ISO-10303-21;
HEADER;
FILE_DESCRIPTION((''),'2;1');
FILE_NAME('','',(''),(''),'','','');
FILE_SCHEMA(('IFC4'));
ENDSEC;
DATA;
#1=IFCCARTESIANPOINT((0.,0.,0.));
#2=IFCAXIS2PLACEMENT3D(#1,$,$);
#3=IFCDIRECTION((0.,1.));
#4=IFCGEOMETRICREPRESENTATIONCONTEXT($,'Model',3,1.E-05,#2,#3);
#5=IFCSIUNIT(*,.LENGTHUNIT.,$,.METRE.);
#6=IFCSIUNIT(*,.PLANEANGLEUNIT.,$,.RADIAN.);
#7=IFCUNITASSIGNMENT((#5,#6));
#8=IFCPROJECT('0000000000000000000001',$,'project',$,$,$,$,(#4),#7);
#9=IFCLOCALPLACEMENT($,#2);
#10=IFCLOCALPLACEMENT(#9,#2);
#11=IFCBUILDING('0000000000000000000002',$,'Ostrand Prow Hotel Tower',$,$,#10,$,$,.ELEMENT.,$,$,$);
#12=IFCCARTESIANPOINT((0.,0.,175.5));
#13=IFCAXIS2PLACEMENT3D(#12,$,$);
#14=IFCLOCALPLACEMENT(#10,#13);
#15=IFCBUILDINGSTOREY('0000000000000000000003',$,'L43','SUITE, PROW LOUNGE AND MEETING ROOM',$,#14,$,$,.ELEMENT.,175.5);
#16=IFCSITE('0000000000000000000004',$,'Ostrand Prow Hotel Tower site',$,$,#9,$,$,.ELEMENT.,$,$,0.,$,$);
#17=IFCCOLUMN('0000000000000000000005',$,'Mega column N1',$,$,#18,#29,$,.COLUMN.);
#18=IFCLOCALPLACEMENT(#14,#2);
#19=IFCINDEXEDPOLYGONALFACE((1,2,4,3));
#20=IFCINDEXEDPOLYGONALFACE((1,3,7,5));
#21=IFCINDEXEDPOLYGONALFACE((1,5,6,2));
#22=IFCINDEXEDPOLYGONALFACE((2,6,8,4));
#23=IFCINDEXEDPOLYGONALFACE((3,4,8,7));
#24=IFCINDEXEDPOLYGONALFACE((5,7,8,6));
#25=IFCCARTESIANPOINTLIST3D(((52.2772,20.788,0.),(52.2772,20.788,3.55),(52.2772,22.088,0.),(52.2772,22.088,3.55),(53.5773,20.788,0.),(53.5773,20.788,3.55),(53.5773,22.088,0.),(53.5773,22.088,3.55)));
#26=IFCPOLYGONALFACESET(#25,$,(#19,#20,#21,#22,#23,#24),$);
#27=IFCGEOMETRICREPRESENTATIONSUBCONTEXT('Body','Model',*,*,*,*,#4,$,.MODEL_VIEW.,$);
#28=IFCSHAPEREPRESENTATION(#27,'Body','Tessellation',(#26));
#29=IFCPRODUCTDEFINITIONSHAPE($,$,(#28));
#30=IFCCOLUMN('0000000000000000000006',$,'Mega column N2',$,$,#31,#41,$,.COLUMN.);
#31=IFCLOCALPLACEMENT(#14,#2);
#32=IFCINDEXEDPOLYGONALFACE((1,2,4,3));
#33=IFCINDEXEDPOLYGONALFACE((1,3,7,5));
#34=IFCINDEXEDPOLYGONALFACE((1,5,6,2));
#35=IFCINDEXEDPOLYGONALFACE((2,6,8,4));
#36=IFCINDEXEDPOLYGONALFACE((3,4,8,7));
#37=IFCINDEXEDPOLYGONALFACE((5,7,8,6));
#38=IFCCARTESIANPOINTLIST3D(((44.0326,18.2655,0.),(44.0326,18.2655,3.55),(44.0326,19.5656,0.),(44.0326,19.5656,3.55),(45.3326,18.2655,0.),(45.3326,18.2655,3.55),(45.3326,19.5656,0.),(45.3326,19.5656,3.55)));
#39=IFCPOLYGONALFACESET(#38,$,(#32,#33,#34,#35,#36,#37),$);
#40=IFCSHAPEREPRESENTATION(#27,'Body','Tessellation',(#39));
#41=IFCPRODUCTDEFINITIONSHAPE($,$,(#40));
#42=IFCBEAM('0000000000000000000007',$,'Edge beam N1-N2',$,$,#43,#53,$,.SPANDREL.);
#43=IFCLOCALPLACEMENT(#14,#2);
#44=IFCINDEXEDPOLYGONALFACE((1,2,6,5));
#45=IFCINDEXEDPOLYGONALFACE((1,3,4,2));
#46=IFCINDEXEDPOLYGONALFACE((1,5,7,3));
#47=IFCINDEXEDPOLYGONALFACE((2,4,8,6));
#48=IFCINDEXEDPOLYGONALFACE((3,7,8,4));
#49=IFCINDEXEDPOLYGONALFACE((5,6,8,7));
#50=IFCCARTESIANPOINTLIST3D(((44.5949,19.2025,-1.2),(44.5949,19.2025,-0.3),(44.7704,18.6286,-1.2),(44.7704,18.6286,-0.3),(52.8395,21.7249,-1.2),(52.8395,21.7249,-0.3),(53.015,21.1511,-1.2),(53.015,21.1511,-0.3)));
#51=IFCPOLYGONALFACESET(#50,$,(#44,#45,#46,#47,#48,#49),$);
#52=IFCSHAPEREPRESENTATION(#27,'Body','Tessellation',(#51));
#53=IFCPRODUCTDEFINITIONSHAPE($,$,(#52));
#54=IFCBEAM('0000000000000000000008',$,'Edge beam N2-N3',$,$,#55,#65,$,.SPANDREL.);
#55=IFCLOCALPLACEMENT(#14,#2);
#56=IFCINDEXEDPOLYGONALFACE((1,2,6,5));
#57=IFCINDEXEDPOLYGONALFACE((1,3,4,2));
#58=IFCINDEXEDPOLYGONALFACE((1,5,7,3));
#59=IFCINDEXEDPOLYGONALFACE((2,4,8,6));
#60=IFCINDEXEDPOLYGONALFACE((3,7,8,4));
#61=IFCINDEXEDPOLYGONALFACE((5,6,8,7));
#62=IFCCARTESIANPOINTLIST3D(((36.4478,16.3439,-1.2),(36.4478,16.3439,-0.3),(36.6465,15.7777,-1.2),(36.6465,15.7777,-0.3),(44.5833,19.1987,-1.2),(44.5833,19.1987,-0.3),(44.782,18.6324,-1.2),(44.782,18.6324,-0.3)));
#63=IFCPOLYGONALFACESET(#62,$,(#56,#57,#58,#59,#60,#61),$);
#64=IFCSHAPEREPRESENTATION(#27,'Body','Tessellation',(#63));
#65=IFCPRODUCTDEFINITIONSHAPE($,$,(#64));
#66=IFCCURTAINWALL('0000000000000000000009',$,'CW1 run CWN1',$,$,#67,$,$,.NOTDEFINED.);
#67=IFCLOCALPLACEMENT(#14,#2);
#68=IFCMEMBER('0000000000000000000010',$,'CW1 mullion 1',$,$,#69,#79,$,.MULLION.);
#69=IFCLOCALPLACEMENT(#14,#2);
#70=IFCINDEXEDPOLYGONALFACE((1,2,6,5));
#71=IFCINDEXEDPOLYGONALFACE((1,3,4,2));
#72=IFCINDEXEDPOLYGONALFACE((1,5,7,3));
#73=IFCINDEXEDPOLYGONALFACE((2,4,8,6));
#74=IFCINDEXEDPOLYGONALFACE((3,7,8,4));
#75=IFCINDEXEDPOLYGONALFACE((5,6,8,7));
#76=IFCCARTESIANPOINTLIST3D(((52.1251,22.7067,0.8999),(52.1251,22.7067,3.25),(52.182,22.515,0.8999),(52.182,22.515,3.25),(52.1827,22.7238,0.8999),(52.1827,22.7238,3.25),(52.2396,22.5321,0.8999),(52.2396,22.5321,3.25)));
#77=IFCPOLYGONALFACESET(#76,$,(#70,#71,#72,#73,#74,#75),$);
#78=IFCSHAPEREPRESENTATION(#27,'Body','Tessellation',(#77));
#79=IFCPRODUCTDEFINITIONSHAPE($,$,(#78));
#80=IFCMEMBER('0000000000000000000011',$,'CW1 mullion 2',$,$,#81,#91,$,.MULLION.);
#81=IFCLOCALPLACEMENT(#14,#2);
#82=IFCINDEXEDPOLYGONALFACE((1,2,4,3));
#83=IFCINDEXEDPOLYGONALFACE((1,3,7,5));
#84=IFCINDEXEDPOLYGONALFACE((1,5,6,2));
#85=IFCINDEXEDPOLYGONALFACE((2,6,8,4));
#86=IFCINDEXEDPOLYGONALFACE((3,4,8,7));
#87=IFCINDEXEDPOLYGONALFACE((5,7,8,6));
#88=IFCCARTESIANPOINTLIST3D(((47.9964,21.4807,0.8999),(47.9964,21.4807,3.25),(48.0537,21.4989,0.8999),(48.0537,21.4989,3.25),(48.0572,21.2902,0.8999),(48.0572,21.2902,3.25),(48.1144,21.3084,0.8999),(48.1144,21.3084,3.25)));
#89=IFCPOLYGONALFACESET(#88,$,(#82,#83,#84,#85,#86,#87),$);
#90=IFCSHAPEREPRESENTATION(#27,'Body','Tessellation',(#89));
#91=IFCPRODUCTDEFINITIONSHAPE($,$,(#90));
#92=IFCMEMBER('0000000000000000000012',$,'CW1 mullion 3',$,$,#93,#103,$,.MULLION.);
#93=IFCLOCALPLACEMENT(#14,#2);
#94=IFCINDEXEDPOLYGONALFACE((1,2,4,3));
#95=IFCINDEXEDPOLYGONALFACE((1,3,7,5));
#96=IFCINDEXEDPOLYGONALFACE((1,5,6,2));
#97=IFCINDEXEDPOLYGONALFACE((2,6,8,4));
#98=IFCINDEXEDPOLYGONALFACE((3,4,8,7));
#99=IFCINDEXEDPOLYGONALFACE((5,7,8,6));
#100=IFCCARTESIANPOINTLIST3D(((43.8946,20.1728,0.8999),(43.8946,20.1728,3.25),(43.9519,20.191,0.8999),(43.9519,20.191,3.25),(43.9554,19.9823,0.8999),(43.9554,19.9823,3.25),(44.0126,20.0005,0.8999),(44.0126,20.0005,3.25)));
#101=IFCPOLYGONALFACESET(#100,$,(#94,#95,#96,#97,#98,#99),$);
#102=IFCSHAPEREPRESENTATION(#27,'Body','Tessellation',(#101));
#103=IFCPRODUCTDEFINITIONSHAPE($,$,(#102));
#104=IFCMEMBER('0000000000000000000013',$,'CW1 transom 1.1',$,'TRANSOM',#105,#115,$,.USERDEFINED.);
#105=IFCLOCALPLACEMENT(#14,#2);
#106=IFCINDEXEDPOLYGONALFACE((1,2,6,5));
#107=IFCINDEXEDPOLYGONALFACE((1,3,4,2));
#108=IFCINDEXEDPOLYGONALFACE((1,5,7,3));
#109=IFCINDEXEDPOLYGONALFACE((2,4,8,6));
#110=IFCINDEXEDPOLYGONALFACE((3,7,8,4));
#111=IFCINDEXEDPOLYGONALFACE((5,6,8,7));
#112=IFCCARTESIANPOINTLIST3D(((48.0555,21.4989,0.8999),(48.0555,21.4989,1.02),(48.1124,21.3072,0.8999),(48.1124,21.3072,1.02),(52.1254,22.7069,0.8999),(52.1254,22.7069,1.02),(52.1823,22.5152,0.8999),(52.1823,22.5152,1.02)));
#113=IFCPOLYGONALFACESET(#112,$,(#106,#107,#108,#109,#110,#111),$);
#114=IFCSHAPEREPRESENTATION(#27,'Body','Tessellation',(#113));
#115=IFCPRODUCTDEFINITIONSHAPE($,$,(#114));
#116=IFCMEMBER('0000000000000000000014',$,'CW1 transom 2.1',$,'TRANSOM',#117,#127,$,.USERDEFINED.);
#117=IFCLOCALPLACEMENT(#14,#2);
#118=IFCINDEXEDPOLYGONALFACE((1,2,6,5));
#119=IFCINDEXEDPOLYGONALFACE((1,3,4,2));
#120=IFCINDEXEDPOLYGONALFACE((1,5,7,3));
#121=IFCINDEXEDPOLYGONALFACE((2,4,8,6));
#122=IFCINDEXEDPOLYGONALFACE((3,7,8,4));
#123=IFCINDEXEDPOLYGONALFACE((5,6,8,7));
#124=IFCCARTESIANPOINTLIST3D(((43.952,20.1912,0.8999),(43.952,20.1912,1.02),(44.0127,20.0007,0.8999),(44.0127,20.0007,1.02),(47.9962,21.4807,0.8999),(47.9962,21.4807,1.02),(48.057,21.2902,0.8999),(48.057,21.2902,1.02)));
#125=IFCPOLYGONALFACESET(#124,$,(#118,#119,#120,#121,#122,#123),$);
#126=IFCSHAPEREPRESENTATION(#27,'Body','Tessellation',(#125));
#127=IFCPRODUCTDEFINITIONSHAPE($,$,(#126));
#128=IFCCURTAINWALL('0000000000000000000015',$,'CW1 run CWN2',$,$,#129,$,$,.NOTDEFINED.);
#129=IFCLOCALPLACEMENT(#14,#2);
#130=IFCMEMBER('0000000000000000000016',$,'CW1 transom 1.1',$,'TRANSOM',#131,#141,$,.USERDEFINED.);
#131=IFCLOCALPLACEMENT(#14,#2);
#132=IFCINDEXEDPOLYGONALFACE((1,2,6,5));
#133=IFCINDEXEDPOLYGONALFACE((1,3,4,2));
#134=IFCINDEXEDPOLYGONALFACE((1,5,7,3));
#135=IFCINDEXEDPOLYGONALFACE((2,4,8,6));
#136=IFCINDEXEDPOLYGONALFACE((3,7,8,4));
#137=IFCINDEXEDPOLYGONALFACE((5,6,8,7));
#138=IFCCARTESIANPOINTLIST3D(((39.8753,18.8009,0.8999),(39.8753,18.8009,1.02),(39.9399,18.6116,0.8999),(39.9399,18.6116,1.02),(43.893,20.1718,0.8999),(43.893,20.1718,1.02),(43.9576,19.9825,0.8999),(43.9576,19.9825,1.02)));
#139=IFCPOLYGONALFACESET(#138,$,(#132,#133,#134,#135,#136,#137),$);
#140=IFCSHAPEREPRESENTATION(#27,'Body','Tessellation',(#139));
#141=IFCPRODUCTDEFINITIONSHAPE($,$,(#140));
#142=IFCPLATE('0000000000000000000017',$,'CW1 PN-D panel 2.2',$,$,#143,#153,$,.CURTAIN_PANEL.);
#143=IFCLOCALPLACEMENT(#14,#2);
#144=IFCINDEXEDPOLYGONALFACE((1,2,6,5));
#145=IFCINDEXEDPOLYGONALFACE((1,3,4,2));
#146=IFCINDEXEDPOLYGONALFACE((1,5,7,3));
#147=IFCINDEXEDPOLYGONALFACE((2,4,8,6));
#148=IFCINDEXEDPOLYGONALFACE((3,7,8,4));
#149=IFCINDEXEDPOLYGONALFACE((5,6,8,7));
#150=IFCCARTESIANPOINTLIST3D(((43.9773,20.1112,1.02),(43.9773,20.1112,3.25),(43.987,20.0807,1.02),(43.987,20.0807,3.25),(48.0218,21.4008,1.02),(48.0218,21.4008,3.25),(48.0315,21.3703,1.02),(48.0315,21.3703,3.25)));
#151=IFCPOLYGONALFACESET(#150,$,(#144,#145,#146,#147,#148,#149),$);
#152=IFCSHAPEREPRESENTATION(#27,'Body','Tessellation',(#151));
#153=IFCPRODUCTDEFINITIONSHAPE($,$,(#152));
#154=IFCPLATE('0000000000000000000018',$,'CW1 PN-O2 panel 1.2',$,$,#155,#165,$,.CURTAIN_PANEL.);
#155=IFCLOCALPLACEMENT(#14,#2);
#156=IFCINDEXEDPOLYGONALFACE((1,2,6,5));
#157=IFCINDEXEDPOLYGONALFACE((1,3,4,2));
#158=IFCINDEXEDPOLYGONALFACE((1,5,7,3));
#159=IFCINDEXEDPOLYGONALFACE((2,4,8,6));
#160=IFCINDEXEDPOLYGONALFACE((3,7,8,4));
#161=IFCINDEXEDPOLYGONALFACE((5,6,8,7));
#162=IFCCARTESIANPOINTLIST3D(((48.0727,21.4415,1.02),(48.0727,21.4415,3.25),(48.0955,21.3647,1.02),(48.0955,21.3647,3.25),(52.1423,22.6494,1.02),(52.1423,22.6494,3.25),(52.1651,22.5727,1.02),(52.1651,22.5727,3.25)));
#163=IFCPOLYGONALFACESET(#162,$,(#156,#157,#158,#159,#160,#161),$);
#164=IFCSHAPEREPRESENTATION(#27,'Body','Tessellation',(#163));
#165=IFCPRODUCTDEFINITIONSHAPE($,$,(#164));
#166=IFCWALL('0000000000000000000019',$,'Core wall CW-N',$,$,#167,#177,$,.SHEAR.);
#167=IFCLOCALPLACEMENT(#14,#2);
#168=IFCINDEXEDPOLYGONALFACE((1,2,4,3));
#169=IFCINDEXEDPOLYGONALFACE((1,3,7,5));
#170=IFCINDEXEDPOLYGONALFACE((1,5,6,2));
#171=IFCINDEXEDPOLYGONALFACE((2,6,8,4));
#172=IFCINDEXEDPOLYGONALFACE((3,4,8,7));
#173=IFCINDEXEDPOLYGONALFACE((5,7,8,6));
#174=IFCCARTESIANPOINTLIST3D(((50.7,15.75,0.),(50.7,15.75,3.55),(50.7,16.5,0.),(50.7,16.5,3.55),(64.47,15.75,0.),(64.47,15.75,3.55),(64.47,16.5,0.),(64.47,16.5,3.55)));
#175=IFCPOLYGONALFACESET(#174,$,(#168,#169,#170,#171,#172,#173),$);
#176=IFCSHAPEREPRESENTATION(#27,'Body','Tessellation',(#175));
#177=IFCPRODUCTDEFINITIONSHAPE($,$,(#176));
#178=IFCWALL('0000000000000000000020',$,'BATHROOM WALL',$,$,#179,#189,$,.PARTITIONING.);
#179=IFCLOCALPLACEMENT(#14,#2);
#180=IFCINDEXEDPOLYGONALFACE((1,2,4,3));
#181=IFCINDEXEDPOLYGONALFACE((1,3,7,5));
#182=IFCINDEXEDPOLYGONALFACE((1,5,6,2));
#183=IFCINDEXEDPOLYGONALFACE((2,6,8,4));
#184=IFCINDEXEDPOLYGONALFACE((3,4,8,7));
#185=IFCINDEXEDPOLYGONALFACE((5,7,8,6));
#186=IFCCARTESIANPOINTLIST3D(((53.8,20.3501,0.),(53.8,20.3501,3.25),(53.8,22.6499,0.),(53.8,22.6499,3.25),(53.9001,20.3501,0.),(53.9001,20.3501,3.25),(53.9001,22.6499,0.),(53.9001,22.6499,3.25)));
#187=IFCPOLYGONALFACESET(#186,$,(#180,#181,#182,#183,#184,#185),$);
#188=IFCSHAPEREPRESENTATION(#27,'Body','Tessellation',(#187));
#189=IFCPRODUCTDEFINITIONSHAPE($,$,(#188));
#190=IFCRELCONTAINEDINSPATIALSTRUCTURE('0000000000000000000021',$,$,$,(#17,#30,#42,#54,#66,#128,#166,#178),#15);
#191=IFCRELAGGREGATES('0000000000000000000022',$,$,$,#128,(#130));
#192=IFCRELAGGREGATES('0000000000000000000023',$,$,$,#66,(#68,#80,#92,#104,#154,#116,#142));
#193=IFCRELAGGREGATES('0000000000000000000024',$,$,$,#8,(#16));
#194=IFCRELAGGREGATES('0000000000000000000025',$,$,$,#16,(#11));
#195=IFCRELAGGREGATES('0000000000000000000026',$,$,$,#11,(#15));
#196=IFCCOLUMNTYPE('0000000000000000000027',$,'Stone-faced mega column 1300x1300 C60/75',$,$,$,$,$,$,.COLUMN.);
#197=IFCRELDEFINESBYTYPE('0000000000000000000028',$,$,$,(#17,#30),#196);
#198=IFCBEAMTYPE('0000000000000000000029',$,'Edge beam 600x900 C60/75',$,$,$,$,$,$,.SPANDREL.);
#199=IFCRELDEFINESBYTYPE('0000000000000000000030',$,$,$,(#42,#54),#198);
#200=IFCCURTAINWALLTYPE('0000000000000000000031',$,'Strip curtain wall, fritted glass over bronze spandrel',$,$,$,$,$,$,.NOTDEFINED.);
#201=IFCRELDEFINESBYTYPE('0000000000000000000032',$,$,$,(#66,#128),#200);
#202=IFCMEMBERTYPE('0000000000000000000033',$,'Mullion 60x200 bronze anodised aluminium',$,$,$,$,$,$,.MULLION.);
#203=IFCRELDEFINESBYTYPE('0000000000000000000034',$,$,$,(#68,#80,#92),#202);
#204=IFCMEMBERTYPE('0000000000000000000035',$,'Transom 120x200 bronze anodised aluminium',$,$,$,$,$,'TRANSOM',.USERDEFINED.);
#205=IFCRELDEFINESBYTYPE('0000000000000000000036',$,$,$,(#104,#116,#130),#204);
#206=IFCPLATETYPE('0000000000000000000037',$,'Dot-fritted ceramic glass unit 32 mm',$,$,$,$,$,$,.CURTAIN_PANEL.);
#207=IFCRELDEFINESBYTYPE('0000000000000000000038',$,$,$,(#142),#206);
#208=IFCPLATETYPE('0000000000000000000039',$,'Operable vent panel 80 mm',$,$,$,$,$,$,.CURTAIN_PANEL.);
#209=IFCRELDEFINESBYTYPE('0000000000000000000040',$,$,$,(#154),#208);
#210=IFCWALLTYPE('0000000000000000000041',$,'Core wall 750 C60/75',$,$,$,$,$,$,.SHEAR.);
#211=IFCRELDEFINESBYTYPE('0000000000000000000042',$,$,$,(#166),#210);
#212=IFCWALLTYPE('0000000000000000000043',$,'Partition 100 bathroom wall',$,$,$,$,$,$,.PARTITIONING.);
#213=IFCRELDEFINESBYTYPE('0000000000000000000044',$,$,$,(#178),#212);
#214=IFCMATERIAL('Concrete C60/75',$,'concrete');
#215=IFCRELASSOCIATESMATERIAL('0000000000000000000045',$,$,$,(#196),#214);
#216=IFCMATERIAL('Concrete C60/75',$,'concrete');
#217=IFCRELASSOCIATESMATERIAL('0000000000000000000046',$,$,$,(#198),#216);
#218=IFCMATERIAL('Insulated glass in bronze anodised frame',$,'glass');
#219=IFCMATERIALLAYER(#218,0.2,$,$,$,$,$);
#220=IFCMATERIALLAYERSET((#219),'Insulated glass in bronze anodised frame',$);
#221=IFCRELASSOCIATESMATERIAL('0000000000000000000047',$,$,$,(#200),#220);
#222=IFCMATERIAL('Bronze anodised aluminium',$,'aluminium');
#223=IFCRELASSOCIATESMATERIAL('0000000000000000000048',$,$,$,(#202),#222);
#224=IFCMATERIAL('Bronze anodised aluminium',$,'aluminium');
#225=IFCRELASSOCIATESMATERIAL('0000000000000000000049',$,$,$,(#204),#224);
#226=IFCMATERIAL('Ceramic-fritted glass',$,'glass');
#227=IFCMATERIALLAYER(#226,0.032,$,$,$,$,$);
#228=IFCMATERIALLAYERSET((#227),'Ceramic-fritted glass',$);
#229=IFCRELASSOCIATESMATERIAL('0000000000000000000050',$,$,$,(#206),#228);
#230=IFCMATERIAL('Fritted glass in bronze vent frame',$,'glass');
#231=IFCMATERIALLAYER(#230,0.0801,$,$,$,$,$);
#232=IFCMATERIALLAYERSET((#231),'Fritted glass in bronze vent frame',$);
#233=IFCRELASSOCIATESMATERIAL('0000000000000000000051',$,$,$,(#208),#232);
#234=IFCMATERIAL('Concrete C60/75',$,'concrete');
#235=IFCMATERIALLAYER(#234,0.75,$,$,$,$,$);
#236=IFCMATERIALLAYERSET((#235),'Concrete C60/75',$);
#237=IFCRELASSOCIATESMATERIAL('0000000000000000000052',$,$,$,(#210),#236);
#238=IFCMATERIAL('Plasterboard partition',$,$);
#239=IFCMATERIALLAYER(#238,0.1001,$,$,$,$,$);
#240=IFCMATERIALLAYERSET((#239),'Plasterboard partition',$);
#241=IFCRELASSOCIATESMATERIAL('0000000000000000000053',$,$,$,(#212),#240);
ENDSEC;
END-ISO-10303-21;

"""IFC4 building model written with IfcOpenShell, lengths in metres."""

from ifc_helpers import new_model, si_unit, direction, frame, frame_2d, origin, origin_2d, place, context, subcontext, project, spatial, rectangle, extrude, material, layer, layer_set, material_profile, profile_set, type_object, element, aggregate, save


model = new_model("IFC4")

# Units and contexts
model_context = context("Model", 3, precision=1e-05, world=origin(), true_north=direction((0.0, 1.0)))
body_context = subcontext(model_context, "Body", "Model", "MODEL_VIEW")
ifc_project = project(units=[si_unit("LENGTHUNIT", "METRE"), si_unit("PLANEANGLEUNIT", "RADIAN")], contexts=[model_context])

# Site, building, storey
site_placement = place(None, origin())
site = spatial("IfcSite", under=ifc_project, at=site_placement, Name="Ostrand Prow Hotel Tower site", CompositionType="ELEMENT", RefElevation=0.0)
building_placement = place(site_placement, origin())
building = spatial("IfcBuilding", under=site, at=building_placement, Name="Ostrand Prow Hotel Tower", CompositionType="ELEMENT")
storey_placement = place(building_placement, frame((0.0, 0.0, 175.5)))
storey = spatial("IfcBuildingStorey", under=building, at=storey_placement, Name="L43", Description="SUITE, PROW LOUNGE AND MEETING ROOM", CompositionType="ELEMENT", Elevation=175.5)

# Columns
ifc_material_1 = material(Name="Concrete C60/75", Category="concrete")
ifc_material_profile_1 = material_profile(ifc_material_1, rectangle(XDim=1.3, YDim=1.3, at=origin_2d()), Name="RC 1300x1300")
ifc_profile_set_1 = profile_set([ifc_material_profile_1], Name="Concrete C60/75")
column_type = type_object("IfcColumnType", Name="Stone-faced mega column 1300x1300 C60/75", PredefinedType="COLUMN", material=ifc_profile_set_1)
for number, where, z_axis, x_axis, name in (
    (1, (52.9272, 21.438, 0.0), (0.0, 0.0, 1.0), (1.0, 0.0, 0.0), "Mega column N1"),
    (2, (44.6826, 18.9155, 0.0), (0.0, 0.0, 1.0), (1.0, 0.0, 0.0), "Mega column N2"),
):
    element("IfcColumn", number, at=place(storey_placement, frame(where, z_axis=z_axis, x_axis=x_axis)), inside=storey, type_object=column_type, Name=name, PredefinedType="COLUMN", context=body_context, shape_type="SweptSolid", body=[
        extrude(rectangle(XDim=1.3, YDim=1.3, at=origin_2d()), origin(), (0.0, 0.0, 1.0), 3.55),
    ])

# Beams
ifc_material_2 = material(Name="Concrete C60/75", Category="concrete")
ifc_material_profile_2 = material_profile(ifc_material_2, rectangle(XDim=0.6001, YDim=0.8999, at=origin_2d()), Name="RC 600x900")
ifc_profile_set_2 = profile_set([ifc_material_profile_2], Name="Concrete C60/75")
beam_type = type_object("IfcBeamType", Name="Edge beam 600x900 C60/75", PredefinedType="SPANDREL", material=ifc_profile_set_2)
for number, where, z_axis, x_axis, name in (
    (3, (52.9272, 21.438, -0.75), (-0.956246, -0.292565, 0.0), (0.292565, -0.956246, 0.0), "Edge beam N1-N2"),
    (4, (44.6826, 18.9155, -0.75), (-0.943594, -0.331106, 0.0), (0.331106, -0.943594, 0.0), "Edge beam N2-N3"),
):
    element("IfcBeam", number, at=place(storey_placement, frame(where, z_axis=z_axis, x_axis=x_axis)), inside=storey, type_object=beam_type, Name=name, PredefinedType="SPANDREL", context=body_context, shape_type="SweptSolid", body=[
        extrude(rectangle(XDim=0.6001, YDim=0.8999, at=origin_2d()), origin(), (0.0, 0.0, 1.0), 8.6218),
    ])

# Curtain wall, members
ifc_material_3 = material(Name="Insulated glass in bronze anodised frame", Category="glass")
ifc_layer_1 = layer(ifc_material_3, 0.2)
ifc_layer_set_1 = layer_set([ifc_layer_1], Name="Insulated glass in bronze anodised frame")
curtain_wall_type = type_object("IfcCurtainWallType", Name="Strip curtain wall, fritted glass over bronze spandrel", PredefinedType="NOTDEFINED", material=ifc_layer_set_1)
curtain_wall_1_placement = place(storey_placement, origin())
curtain_wall_1 = element("IfcCurtainWall", 5, at=curtain_wall_1_placement, inside=storey, type_object=curtain_wall_type, Name="CW1 run CWN1", PredefinedType="NOTDEFINED")
ifc_material_4 = material(Name="Bronze anodised aluminium", Category="aluminium")
ifc_material_profile_3 = material_profile(ifc_material_4, rectangle(XDim=0.2, YDim=0.0601, at=origin_2d()), Name="Mullion 60x200 bronze anodised aluminium")
ifc_profile_set_3 = profile_set([ifc_material_profile_3], Name="Bronze anodised aluminium")
member_type_1 = type_object("IfcMemberType", Name="Mullion 60x200 bronze anodised aluminium", PredefinedType="MULLION", material=ifc_profile_set_3)
member_1_placement = place(storey_placement, frame((52.1824, 22.6194, 0.8999), z_axis=(0.0, 0.0, 1.0), x_axis=(0.284544, -0.958663, 0.0)))
member_1 = element("IfcMember", 6, at=member_1_placement, type_object=member_type_1, Name="CW1 mullion 1", PredefinedType="MULLION", context=body_context, shape_type="SweptSolid", body=[
    extrude(rectangle(XDim=0.2, YDim=0.0601, at=origin_2d()), origin(), (0.0, 0.0, 1.0), 2.3501),
])
member_2_placement = place(storey_placement, frame((48.0554, 21.3945, 0.8999), z_axis=(0.0, 0.0, 1.0), x_axis=(0.303787, -0.95274, 0.0)))
member_2 = element("IfcMember", 7, at=member_2_placement, type_object=member_type_1, Name="CW1 mullion 2", PredefinedType="MULLION", context=body_context, shape_type="SweptSolid", body=[
    extrude(rectangle(XDim=0.2, YDim=0.0601, at=origin_2d()), origin(), (0.0, 0.0, 1.0), 2.3501),
])
member_3_placement = place(storey_placement, frame((43.9536, 20.0867, 0.8999), z_axis=(0.0, 0.0, 1.0), x_axis=(0.303787, -0.95274, 0.0)))
member_3 = element("IfcMember", 8, at=member_3_placement, type_object=member_type_1, Name="CW1 mullion 3", PredefinedType="MULLION", context=body_context, shape_type="SweptSolid", body=[
    extrude(rectangle(XDim=0.2, YDim=0.0601, at=origin_2d()), origin(), (0.0, 0.0, 1.0), 2.3501),
])
ifc_material_5 = material(Name="Bronze anodised aluminium", Category="aluminium")
ifc_material_profile_4 = material_profile(ifc_material_5, rectangle(XDim=0.2, YDim=0.1201, at=origin_2d()), Name="Transom 120x200 bronze anodised aluminium")
ifc_profile_set_4 = profile_set([ifc_material_profile_4], Name="Bronze anodised aluminium")
member_type_2 = type_object("IfcMemberType", Name="Transom 120x200 bronze anodised aluminium", ElementType="TRANSOM", PredefinedType="USERDEFINED", material=ifc_profile_set_4)
member_4_placement = place(storey_placement, frame((52.1538, 22.6111, 0.96), z_axis=(-0.958661, -0.28455, 0.0), x_axis=(0.28455, -0.958661, 0.0)))
member_4 = element("IfcMember", 9, at=member_4_placement, type_object=member_type_2, Name="CW1 transom 1.1", ObjectType="TRANSOM", PredefinedType="USERDEFINED", context=body_context, shape_type="SweptSolid", body=[
    extrude(rectangle(XDim=0.2, YDim=0.1201, at=origin_2d()), origin(), (0.0, 0.0, 1.0), 4.2454),
])
member_5_placement = place(storey_placement, frame((48.0266, 21.3855, 0.96), z_axis=(-0.952738, -0.303795, 0.0), x_axis=(0.303795, -0.952738, 0.0)))
member_5 = element("IfcMember", 10, at=member_5_placement, type_object=member_type_2, Name="CW1 transom 2.1", ObjectType="TRANSOM", PredefinedType="USERDEFINED", context=body_context, shape_type="SweptSolid", body=[
    extrude(rectangle(XDim=0.2, YDim=0.1201, at=origin_2d()), origin(), (0.0, 0.0, 1.0), 4.2449),
])

# Curtain wall, member
curtain_wall_2_placement = place(storey_placement, origin())
curtain_wall_2 = element("IfcCurtainWall", 11, at=curtain_wall_2_placement, inside=storey, type_object=curtain_wall_type, Name="CW1 run CWN2", PredefinedType="NOTDEFINED")
member_6_placement = place(storey_placement, frame((43.9253, 20.0771, 0.96), z_axis=(-0.946422, -0.322932, 0.0), x_axis=(0.322932, -0.946422, 0.0)))
member_6 = element("IfcMember", 12, at=member_6_placement, type_object=member_type_2, Name="CW1 transom 1.1", ObjectType="TRANSOM", PredefinedType="USERDEFINED", context=body_context, shape_type="SweptSolid", body=[
    extrude(rectangle(XDim=0.2, YDim=0.1201, at=origin_2d()), origin(), (0.0, 0.0, 1.0), 4.2451),
])
aggregate(curtain_wall_2, [member_6])

# Plates
ifc_material_6 = material(Name="Ceramic-fritted glass", Category="glass")
ifc_layer_2 = layer(ifc_material_6, 0.032)
ifc_layer_set_2 = layer_set([ifc_layer_2], Name="Ceramic-fritted glass")
plate_type_1 = type_object("IfcPlateType", Name="Dot-fritted ceramic glass unit 32 mm", PredefinedType="CURTAIN_PANEL", material=ifc_layer_set_2)
plate_1_placement = place(storey_placement, frame((46.0044, 20.7407, 1.02), z_axis=(0.0, 0.0, 1.0), x_axis=(-0.95274, -0.303787, 0.0)))
plate_1 = element("IfcPlate", 13, at=plate_1_placement, type_object=plate_type_1, Name="CW1 PN-D panel 2.2", PredefinedType="CURTAIN_PANEL", context=body_context, shape_type="SweptSolid", body=[
    extrude(rectangle(XDim=4.2451, YDim=0.032, at=origin_2d()), origin(), (0.0, 0.0, 1.0), 2.23),
])
ifc_material_7 = material(Name="Fritted glass in bronze vent frame", Category="glass")
ifc_layer_3 = layer(ifc_material_7, 0.0801)
ifc_layer_set_3 = layer_set([ifc_layer_3], Name="Fritted glass in bronze vent frame")
plate_type_2 = type_object("IfcPlateType", Name="Operable vent panel 80 mm", PredefinedType="CURTAIN_PANEL", material=ifc_layer_set_3)
plate_2_placement = place(storey_placement, frame((50.1189, 22.0071, 1.02), z_axis=(0.0, 0.0, 1.0), x_axis=(-0.958663, -0.284544, 0.0)))
plate_2 = element("IfcPlate", 14, at=plate_2_placement, type_object=plate_type_2, Name="CW1 PN-O2 panel 1.2", PredefinedType="CURTAIN_PANEL", context=body_context, shape_type="SweptSolid", body=[
    extrude(rectangle(XDim=4.2451, YDim=0.0801, at=origin_2d()), origin(), (0.0, 0.0, 1.0), 2.23),
])
aggregate(curtain_wall_1, [member_1, member_2, member_3, member_4, plate_2, member_5, plate_1])

# Walls
ifc_material_8 = material(Name="Concrete C60/75", Category="concrete")
ifc_layer_4 = layer(ifc_material_8, 0.75)
ifc_layer_set_4 = layer_set([ifc_layer_4], Name="Concrete C60/75")
wall_type_1 = type_object("IfcWallType", Name="Core wall 750 C60/75", PredefinedType="SHEAR", material=ifc_layer_set_4)
wall_1_placement = place(storey_placement, frame((50.7, 16.125, 0.0), z_axis=(0.0, 0.0, 1.0), x_axis=(1.0, 0.0, 0.0)))
element("IfcWall", 15, at=wall_1_placement, inside=storey, type_object=wall_type_1, Name="Core wall CW-N", PredefinedType="SHEAR", context=body_context, shape_type="SweptSolid", body=[
    extrude(rectangle(XDim=13.77, YDim=0.75, at=frame_2d((6.885, 0.0))), origin(), (0.0, 0.0, 1.0), 3.55),
])
ifc_material_9 = material(Name="Plasterboard partition")
ifc_layer_5 = layer(ifc_material_9, 0.1001)
ifc_layer_set_5 = layer_set([ifc_layer_5], Name="Plasterboard partition")
wall_type_2 = type_object("IfcWallType", Name="Partition 100 bathroom wall", PredefinedType="PARTITIONING", material=ifc_layer_set_5)
wall_2_placement = place(storey_placement, frame((53.8501, 20.3501, 0.0), z_axis=(0.0, 0.0, 1.0), x_axis=(0.0, 1.0, 0.0)))
element("IfcWall", 16, at=wall_2_placement, inside=storey, type_object=wall_type_2, Name="BATHROOM WALL", PredefinedType="PARTITIONING", context=body_context, shape_type="SweptSolid", body=[
    extrude(rectangle(XDim=2.2998, YDim=0.1001, at=frame_2d((1.1499, 0.0))), origin(), (0.0, 0.0, 1.0), 3.25),
])

save(model, "model.ifc")
